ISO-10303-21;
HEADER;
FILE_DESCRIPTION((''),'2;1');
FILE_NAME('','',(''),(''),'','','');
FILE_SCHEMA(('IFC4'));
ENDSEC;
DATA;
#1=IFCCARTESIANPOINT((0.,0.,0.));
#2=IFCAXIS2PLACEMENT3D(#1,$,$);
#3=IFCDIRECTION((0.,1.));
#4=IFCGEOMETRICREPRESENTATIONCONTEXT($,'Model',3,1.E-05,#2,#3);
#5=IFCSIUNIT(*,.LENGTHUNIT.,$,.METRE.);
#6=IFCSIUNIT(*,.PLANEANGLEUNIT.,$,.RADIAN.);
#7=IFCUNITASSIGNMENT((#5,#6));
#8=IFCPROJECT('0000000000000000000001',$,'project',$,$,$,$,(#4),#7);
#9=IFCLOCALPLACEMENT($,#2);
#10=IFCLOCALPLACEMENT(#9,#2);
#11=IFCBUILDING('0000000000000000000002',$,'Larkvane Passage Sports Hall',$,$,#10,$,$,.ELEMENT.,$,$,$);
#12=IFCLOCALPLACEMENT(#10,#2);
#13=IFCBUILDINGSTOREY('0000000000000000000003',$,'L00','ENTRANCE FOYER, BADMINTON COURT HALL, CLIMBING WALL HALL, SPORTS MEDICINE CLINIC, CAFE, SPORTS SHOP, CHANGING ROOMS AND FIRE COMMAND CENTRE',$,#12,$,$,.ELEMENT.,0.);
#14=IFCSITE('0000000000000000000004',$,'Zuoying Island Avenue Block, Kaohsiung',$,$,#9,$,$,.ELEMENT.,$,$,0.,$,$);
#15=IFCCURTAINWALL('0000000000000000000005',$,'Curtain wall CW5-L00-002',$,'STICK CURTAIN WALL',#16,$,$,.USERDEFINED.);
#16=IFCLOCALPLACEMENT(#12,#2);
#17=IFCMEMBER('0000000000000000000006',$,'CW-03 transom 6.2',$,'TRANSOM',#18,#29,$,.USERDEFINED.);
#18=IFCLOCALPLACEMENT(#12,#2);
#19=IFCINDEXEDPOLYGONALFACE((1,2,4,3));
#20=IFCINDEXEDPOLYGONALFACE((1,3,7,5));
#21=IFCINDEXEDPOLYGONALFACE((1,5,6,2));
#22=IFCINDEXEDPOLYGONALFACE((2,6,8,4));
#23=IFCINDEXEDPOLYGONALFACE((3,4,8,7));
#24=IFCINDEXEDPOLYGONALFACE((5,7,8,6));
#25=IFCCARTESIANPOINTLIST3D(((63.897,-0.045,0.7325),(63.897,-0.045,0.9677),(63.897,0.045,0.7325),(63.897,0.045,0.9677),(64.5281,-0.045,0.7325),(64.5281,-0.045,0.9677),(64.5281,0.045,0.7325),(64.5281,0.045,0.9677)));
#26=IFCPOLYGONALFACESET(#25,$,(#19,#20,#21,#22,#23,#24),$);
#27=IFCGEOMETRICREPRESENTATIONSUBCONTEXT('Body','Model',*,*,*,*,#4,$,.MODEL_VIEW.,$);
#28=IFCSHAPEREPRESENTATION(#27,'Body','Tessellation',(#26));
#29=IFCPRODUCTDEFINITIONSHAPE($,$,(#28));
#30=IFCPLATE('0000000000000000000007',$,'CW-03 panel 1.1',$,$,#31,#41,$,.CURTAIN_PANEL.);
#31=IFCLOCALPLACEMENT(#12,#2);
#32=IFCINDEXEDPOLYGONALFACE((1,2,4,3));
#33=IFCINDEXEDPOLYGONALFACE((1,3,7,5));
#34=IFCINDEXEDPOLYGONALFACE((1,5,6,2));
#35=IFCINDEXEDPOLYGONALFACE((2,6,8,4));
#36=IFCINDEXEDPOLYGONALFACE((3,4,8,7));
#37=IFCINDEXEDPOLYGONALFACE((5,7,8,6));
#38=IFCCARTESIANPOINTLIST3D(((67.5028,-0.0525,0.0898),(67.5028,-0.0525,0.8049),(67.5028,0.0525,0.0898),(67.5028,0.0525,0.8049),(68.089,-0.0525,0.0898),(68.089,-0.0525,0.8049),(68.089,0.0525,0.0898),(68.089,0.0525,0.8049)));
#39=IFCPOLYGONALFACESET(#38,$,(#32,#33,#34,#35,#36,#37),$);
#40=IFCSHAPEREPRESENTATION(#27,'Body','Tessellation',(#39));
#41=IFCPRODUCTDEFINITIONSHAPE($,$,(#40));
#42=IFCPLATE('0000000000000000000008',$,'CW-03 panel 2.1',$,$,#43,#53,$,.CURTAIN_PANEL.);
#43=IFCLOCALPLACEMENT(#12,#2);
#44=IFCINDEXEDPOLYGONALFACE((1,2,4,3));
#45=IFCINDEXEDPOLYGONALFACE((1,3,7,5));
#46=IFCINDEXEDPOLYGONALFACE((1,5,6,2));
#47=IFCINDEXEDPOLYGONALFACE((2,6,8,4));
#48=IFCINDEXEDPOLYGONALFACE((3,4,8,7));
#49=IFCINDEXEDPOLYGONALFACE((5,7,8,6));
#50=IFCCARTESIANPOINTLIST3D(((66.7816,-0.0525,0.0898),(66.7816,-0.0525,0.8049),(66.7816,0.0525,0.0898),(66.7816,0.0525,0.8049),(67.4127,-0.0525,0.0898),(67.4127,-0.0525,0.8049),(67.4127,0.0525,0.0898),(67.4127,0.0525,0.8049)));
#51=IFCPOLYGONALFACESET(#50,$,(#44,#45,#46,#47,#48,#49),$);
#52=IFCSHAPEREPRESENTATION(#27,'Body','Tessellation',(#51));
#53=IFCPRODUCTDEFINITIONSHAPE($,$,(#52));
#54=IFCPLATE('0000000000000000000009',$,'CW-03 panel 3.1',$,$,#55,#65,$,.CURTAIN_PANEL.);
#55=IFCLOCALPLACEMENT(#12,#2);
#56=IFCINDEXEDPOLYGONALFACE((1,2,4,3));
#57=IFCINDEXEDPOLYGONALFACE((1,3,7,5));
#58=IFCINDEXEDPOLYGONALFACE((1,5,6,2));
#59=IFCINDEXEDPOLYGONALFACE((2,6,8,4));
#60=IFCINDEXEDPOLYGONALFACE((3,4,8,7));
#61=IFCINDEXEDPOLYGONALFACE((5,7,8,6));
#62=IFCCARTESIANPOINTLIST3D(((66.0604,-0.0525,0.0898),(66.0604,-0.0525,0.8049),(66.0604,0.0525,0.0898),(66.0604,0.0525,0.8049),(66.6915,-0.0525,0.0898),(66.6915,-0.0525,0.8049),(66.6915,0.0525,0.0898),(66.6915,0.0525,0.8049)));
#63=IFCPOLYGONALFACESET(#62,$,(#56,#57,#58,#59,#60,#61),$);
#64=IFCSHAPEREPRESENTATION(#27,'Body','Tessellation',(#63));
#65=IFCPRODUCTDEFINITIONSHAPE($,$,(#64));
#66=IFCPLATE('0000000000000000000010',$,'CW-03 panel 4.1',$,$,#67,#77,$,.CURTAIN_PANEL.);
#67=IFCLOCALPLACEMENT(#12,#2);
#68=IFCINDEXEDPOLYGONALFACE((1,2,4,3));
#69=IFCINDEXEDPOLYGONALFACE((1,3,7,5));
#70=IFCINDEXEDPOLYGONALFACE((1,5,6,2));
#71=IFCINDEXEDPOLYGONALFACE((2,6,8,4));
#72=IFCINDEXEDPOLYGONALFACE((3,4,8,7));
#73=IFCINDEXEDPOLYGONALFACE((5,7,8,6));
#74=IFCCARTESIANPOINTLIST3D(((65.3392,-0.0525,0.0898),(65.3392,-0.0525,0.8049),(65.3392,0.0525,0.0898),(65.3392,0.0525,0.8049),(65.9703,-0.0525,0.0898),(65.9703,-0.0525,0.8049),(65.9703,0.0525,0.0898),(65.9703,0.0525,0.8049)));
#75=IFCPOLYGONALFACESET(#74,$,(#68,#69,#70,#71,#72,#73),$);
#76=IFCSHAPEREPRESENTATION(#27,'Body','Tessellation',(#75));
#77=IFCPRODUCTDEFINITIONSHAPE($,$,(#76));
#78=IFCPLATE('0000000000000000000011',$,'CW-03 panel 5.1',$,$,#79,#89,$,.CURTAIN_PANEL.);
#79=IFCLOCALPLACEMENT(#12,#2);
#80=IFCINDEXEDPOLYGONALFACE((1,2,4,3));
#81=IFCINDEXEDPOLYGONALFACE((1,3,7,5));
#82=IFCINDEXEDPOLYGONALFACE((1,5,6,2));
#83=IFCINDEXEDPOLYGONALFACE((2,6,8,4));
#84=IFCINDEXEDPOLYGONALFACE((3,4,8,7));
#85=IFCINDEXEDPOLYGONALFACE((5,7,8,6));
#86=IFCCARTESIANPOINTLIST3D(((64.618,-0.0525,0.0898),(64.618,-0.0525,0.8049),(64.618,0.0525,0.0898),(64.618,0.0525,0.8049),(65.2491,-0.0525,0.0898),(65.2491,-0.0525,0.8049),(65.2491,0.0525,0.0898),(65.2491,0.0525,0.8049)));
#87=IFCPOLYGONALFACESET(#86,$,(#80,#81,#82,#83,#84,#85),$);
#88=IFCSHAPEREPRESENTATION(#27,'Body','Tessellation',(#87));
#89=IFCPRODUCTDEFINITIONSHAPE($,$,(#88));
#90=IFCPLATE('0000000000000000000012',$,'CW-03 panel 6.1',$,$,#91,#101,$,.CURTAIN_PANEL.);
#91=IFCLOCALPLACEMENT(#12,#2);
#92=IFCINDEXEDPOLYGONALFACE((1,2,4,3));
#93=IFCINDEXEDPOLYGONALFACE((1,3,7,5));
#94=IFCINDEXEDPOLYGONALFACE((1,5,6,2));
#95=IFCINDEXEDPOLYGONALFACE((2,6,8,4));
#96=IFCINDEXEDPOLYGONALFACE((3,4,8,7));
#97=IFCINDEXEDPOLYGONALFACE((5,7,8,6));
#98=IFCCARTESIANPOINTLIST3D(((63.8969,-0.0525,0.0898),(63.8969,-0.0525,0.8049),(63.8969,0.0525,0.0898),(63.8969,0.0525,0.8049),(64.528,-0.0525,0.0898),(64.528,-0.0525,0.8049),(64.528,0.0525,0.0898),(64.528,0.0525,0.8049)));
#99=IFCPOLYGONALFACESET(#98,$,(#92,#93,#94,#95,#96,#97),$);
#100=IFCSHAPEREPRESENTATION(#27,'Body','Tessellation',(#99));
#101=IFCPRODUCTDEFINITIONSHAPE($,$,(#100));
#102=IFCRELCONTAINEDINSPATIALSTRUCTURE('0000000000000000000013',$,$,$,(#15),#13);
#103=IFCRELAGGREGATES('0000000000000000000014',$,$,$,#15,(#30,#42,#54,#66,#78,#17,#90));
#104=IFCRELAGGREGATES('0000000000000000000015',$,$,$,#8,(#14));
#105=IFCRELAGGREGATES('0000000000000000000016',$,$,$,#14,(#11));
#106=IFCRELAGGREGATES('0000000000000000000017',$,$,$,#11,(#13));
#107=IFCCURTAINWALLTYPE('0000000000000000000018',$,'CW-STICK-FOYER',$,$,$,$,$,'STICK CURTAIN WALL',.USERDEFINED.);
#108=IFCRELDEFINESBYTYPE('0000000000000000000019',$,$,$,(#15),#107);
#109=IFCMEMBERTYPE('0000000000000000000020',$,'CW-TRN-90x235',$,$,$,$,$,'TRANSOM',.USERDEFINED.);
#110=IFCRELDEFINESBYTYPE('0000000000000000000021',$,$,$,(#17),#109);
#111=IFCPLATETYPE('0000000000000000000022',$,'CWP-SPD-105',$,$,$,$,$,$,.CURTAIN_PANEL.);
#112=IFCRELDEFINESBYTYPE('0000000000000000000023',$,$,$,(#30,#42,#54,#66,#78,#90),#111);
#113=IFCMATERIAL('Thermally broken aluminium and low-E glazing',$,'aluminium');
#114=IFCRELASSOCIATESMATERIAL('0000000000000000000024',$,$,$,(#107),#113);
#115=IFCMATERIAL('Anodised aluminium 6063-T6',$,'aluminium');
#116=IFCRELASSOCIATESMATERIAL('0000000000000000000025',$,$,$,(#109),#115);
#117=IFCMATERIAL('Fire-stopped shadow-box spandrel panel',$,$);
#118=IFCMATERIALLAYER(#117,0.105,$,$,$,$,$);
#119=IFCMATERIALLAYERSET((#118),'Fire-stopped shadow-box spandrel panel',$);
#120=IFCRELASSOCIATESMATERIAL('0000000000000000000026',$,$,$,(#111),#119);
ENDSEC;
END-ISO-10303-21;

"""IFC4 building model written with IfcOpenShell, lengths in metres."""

from ifc_helpers import new_model, si_unit, direction, frame, origin, origin_2d, place, context, subcontext, project, spatial, rectangle, extrude, material, layer, layer_set, material_profile, profile_set, type_object, element, aggregate, save


model = new_model("IFC4")

# Units and contexts
model_context = context("Model", 3, precision=1e-05, world=origin(), true_north=direction((0.0, 1.0)))
body_context = subcontext(model_context, "Body", "Model", "MODEL_VIEW")
ifc_project = project(units=[si_unit("LENGTHUNIT", "METRE"), si_unit("PLANEANGLEUNIT", "RADIAN")], contexts=[model_context])

# Site, building, storey
site_placement = place(None, origin())
site = spatial("IfcSite", under=ifc_project, at=site_placement, Name="Zuoying Island Avenue Block, Kaohsiung", CompositionType="ELEMENT", RefElevation=0.0)
building_placement = place(site_placement, origin())
building = spatial("IfcBuilding", under=site, at=building_placement, Name="Larkvane Passage Sports Hall", CompositionType="ELEMENT")
storey_placement = place(building_placement, origin())
storey = spatial("IfcBuildingStorey", under=building, at=storey_placement, Name="L00", Description="ENTRANCE FOYER, BADMINTON COURT HALL, CLIMBING WALL HALL, SPORTS MEDICINE CLINIC, CAFE, SPORTS SHOP, CHANGING ROOMS AND FIRE COMMAND CENTRE", CompositionType="ELEMENT", Elevation=0.0)

# Curtain wall, member, plates
ifc_material_1 = material(Name="Thermally broken aluminium and low-E glazing", Category="aluminium")
curtain_wall_type = type_object("IfcCurtainWallType", Name="CW-STICK-FOYER", ElementType="STICK CURTAIN WALL", PredefinedType="USERDEFINED", material=ifc_material_1)
curtain_wall_placement = place(storey_placement, origin())
curtain_wall = element("IfcCurtainWall", 1, at=curtain_wall_placement, inside=storey, type_object=curtain_wall_type, Name="Curtain wall CW5-L00-002", ObjectType="STICK CURTAIN WALL", PredefinedType="USERDEFINED")
ifc_material_2 = material(Name="Anodised aluminium 6063-T6", Category="aluminium")
ifc_material_profile_1 = material_profile(ifc_material_2, rectangle(XDim=0.0901, YDim=0.2351, at=origin_2d()), Name="ALU-TRN-90x235")
ifc_profile_set_1 = profile_set([ifc_material_profile_1], Name="Anodised aluminium 6063-T6")
member_type_1 = type_object("IfcMemberType", Name="CW-TRN-90x235", ElementType="TRANSOM", PredefinedType="USERDEFINED", material=ifc_profile_set_1)
member_1_placement = place(storey_placement, frame((64.5281, 0.0, 0.8501), z_axis=(-1.0, 0.0, 0.0), x_axis=(0.0, -1.0, 0.0)))
member_1 = element("IfcMember", 2, at=member_1_placement, type_object=member_type_1, Name="CW-03 transom 6.2", ObjectType="TRANSOM", PredefinedType="USERDEFINED", context=body_context, shape_type="SweptSolid", body=[
    extrude(rectangle(XDim=0.0901, YDim=0.2351, at=origin_2d()), origin(), (0.0, 0.0, 1.0), 0.6311),
])
ifc_material_3 = material(Name="Fire-stopped shadow-box spandrel panel")
ifc_layer = layer(ifc_material_3, 0.105)
ifc_layer_set = layer_set([ifc_layer], Name="Fire-stopped shadow-box spandrel panel")
plate_type = type_object("IfcPlateType", Name="CWP-SPD-105", PredefinedType="CURTAIN_PANEL", material=ifc_layer_set)
plate_1_placement = place(storey_placement, frame((67.7959, 0.0, 0.0898), z_axis=(0.0, 0.0, 1.0), x_axis=(-1.0, 0.0, 0.0)))
plate_1 = element("IfcPlate", 3, at=plate_1_placement, type_object=plate_type, Name="CW-03 panel 1.1", PredefinedType="CURTAIN_PANEL", context=body_context, shape_type="SweptSolid", body=[
    extrude(rectangle(XDim=0.5862, YDim=0.105, at=origin_2d()), origin(), (0.0, 0.0, 1.0), 0.7151),
])
plate_2_placement = place(storey_placement, frame((67.0972, 0.0, 0.0898), z_axis=(0.0, 0.0, 1.0), x_axis=(-1.0, 0.0, 0.0)))
plate_2 = element("IfcPlate", 4, at=plate_2_placement, type_object=plate_type, Name="CW-03 panel 2.1", PredefinedType="CURTAIN_PANEL", context=body_context, shape_type="SweptSolid", body=[
    extrude(rectangle(XDim=0.6311, YDim=0.105, at=origin_2d()), origin(), (0.0, 0.0, 1.0), 0.7151),
])
plate_3_placement = place(storey_placement, frame((66.376, 0.0, 0.0898), z_axis=(0.0, 0.0, 1.0), x_axis=(-1.0, 0.0, 0.0)))
plate_3 = element("IfcPlate", 5, at=plate_3_placement, type_object=plate_type, Name="CW-03 panel 3.1", PredefinedType="CURTAIN_PANEL", context=body_context, shape_type="SweptSolid", body=[
    extrude(rectangle(XDim=0.6311, YDim=0.105, at=origin_2d()), origin(), (0.0, 0.0, 1.0), 0.7151),
])
plate_4_placement = place(storey_placement, frame((65.6548, 0.0, 0.0898), z_axis=(0.0, 0.0, 1.0), x_axis=(-1.0, 0.0, 0.0)))
plate_4 = element("IfcPlate", 6, at=plate_4_placement, type_object=plate_type, Name="CW-03 panel 4.1", PredefinedType="CURTAIN_PANEL", context=body_context, shape_type="SweptSolid", body=[
    extrude(rectangle(XDim=0.6311, YDim=0.105, at=origin_2d()), origin(), (0.0, 0.0, 1.0), 0.7151),
])
plate_5_placement = place(storey_placement, frame((64.9336, 0.0, 0.0898), z_axis=(0.0, 0.0, 1.0), x_axis=(-1.0, 0.0, 0.0)))
plate_5 = element("IfcPlate", 7, at=plate_5_placement, type_object=plate_type, Name="CW-03 panel 5.1", PredefinedType="CURTAIN_PANEL", context=body_context, shape_type="SweptSolid", body=[
    extrude(rectangle(XDim=0.6311, YDim=0.105, at=origin_2d()), origin(), (0.0, 0.0, 1.0), 0.7151),
])
plate_6_placement = place(storey_placement, frame((64.2124, 0.0, 0.0898), z_axis=(0.0, 0.0, 1.0), x_axis=(-1.0, 0.0, 0.0)))
plate_6 = element("IfcPlate", 8, at=plate_6_placement, type_object=plate_type, Name="CW-03 panel 6.1", PredefinedType="CURTAIN_PANEL", context=body_context, shape_type="SweptSolid", body=[
    extrude(rectangle(XDim=0.6311, YDim=0.105, at=origin_2d()), origin(), (0.0, 0.0, 1.0), 0.7151),
])
aggregate(curtain_wall, [plate_1, plate_2, plate_3, plate_4, plate_5, member_1, plate_6])

save(model, "model.ifc")
